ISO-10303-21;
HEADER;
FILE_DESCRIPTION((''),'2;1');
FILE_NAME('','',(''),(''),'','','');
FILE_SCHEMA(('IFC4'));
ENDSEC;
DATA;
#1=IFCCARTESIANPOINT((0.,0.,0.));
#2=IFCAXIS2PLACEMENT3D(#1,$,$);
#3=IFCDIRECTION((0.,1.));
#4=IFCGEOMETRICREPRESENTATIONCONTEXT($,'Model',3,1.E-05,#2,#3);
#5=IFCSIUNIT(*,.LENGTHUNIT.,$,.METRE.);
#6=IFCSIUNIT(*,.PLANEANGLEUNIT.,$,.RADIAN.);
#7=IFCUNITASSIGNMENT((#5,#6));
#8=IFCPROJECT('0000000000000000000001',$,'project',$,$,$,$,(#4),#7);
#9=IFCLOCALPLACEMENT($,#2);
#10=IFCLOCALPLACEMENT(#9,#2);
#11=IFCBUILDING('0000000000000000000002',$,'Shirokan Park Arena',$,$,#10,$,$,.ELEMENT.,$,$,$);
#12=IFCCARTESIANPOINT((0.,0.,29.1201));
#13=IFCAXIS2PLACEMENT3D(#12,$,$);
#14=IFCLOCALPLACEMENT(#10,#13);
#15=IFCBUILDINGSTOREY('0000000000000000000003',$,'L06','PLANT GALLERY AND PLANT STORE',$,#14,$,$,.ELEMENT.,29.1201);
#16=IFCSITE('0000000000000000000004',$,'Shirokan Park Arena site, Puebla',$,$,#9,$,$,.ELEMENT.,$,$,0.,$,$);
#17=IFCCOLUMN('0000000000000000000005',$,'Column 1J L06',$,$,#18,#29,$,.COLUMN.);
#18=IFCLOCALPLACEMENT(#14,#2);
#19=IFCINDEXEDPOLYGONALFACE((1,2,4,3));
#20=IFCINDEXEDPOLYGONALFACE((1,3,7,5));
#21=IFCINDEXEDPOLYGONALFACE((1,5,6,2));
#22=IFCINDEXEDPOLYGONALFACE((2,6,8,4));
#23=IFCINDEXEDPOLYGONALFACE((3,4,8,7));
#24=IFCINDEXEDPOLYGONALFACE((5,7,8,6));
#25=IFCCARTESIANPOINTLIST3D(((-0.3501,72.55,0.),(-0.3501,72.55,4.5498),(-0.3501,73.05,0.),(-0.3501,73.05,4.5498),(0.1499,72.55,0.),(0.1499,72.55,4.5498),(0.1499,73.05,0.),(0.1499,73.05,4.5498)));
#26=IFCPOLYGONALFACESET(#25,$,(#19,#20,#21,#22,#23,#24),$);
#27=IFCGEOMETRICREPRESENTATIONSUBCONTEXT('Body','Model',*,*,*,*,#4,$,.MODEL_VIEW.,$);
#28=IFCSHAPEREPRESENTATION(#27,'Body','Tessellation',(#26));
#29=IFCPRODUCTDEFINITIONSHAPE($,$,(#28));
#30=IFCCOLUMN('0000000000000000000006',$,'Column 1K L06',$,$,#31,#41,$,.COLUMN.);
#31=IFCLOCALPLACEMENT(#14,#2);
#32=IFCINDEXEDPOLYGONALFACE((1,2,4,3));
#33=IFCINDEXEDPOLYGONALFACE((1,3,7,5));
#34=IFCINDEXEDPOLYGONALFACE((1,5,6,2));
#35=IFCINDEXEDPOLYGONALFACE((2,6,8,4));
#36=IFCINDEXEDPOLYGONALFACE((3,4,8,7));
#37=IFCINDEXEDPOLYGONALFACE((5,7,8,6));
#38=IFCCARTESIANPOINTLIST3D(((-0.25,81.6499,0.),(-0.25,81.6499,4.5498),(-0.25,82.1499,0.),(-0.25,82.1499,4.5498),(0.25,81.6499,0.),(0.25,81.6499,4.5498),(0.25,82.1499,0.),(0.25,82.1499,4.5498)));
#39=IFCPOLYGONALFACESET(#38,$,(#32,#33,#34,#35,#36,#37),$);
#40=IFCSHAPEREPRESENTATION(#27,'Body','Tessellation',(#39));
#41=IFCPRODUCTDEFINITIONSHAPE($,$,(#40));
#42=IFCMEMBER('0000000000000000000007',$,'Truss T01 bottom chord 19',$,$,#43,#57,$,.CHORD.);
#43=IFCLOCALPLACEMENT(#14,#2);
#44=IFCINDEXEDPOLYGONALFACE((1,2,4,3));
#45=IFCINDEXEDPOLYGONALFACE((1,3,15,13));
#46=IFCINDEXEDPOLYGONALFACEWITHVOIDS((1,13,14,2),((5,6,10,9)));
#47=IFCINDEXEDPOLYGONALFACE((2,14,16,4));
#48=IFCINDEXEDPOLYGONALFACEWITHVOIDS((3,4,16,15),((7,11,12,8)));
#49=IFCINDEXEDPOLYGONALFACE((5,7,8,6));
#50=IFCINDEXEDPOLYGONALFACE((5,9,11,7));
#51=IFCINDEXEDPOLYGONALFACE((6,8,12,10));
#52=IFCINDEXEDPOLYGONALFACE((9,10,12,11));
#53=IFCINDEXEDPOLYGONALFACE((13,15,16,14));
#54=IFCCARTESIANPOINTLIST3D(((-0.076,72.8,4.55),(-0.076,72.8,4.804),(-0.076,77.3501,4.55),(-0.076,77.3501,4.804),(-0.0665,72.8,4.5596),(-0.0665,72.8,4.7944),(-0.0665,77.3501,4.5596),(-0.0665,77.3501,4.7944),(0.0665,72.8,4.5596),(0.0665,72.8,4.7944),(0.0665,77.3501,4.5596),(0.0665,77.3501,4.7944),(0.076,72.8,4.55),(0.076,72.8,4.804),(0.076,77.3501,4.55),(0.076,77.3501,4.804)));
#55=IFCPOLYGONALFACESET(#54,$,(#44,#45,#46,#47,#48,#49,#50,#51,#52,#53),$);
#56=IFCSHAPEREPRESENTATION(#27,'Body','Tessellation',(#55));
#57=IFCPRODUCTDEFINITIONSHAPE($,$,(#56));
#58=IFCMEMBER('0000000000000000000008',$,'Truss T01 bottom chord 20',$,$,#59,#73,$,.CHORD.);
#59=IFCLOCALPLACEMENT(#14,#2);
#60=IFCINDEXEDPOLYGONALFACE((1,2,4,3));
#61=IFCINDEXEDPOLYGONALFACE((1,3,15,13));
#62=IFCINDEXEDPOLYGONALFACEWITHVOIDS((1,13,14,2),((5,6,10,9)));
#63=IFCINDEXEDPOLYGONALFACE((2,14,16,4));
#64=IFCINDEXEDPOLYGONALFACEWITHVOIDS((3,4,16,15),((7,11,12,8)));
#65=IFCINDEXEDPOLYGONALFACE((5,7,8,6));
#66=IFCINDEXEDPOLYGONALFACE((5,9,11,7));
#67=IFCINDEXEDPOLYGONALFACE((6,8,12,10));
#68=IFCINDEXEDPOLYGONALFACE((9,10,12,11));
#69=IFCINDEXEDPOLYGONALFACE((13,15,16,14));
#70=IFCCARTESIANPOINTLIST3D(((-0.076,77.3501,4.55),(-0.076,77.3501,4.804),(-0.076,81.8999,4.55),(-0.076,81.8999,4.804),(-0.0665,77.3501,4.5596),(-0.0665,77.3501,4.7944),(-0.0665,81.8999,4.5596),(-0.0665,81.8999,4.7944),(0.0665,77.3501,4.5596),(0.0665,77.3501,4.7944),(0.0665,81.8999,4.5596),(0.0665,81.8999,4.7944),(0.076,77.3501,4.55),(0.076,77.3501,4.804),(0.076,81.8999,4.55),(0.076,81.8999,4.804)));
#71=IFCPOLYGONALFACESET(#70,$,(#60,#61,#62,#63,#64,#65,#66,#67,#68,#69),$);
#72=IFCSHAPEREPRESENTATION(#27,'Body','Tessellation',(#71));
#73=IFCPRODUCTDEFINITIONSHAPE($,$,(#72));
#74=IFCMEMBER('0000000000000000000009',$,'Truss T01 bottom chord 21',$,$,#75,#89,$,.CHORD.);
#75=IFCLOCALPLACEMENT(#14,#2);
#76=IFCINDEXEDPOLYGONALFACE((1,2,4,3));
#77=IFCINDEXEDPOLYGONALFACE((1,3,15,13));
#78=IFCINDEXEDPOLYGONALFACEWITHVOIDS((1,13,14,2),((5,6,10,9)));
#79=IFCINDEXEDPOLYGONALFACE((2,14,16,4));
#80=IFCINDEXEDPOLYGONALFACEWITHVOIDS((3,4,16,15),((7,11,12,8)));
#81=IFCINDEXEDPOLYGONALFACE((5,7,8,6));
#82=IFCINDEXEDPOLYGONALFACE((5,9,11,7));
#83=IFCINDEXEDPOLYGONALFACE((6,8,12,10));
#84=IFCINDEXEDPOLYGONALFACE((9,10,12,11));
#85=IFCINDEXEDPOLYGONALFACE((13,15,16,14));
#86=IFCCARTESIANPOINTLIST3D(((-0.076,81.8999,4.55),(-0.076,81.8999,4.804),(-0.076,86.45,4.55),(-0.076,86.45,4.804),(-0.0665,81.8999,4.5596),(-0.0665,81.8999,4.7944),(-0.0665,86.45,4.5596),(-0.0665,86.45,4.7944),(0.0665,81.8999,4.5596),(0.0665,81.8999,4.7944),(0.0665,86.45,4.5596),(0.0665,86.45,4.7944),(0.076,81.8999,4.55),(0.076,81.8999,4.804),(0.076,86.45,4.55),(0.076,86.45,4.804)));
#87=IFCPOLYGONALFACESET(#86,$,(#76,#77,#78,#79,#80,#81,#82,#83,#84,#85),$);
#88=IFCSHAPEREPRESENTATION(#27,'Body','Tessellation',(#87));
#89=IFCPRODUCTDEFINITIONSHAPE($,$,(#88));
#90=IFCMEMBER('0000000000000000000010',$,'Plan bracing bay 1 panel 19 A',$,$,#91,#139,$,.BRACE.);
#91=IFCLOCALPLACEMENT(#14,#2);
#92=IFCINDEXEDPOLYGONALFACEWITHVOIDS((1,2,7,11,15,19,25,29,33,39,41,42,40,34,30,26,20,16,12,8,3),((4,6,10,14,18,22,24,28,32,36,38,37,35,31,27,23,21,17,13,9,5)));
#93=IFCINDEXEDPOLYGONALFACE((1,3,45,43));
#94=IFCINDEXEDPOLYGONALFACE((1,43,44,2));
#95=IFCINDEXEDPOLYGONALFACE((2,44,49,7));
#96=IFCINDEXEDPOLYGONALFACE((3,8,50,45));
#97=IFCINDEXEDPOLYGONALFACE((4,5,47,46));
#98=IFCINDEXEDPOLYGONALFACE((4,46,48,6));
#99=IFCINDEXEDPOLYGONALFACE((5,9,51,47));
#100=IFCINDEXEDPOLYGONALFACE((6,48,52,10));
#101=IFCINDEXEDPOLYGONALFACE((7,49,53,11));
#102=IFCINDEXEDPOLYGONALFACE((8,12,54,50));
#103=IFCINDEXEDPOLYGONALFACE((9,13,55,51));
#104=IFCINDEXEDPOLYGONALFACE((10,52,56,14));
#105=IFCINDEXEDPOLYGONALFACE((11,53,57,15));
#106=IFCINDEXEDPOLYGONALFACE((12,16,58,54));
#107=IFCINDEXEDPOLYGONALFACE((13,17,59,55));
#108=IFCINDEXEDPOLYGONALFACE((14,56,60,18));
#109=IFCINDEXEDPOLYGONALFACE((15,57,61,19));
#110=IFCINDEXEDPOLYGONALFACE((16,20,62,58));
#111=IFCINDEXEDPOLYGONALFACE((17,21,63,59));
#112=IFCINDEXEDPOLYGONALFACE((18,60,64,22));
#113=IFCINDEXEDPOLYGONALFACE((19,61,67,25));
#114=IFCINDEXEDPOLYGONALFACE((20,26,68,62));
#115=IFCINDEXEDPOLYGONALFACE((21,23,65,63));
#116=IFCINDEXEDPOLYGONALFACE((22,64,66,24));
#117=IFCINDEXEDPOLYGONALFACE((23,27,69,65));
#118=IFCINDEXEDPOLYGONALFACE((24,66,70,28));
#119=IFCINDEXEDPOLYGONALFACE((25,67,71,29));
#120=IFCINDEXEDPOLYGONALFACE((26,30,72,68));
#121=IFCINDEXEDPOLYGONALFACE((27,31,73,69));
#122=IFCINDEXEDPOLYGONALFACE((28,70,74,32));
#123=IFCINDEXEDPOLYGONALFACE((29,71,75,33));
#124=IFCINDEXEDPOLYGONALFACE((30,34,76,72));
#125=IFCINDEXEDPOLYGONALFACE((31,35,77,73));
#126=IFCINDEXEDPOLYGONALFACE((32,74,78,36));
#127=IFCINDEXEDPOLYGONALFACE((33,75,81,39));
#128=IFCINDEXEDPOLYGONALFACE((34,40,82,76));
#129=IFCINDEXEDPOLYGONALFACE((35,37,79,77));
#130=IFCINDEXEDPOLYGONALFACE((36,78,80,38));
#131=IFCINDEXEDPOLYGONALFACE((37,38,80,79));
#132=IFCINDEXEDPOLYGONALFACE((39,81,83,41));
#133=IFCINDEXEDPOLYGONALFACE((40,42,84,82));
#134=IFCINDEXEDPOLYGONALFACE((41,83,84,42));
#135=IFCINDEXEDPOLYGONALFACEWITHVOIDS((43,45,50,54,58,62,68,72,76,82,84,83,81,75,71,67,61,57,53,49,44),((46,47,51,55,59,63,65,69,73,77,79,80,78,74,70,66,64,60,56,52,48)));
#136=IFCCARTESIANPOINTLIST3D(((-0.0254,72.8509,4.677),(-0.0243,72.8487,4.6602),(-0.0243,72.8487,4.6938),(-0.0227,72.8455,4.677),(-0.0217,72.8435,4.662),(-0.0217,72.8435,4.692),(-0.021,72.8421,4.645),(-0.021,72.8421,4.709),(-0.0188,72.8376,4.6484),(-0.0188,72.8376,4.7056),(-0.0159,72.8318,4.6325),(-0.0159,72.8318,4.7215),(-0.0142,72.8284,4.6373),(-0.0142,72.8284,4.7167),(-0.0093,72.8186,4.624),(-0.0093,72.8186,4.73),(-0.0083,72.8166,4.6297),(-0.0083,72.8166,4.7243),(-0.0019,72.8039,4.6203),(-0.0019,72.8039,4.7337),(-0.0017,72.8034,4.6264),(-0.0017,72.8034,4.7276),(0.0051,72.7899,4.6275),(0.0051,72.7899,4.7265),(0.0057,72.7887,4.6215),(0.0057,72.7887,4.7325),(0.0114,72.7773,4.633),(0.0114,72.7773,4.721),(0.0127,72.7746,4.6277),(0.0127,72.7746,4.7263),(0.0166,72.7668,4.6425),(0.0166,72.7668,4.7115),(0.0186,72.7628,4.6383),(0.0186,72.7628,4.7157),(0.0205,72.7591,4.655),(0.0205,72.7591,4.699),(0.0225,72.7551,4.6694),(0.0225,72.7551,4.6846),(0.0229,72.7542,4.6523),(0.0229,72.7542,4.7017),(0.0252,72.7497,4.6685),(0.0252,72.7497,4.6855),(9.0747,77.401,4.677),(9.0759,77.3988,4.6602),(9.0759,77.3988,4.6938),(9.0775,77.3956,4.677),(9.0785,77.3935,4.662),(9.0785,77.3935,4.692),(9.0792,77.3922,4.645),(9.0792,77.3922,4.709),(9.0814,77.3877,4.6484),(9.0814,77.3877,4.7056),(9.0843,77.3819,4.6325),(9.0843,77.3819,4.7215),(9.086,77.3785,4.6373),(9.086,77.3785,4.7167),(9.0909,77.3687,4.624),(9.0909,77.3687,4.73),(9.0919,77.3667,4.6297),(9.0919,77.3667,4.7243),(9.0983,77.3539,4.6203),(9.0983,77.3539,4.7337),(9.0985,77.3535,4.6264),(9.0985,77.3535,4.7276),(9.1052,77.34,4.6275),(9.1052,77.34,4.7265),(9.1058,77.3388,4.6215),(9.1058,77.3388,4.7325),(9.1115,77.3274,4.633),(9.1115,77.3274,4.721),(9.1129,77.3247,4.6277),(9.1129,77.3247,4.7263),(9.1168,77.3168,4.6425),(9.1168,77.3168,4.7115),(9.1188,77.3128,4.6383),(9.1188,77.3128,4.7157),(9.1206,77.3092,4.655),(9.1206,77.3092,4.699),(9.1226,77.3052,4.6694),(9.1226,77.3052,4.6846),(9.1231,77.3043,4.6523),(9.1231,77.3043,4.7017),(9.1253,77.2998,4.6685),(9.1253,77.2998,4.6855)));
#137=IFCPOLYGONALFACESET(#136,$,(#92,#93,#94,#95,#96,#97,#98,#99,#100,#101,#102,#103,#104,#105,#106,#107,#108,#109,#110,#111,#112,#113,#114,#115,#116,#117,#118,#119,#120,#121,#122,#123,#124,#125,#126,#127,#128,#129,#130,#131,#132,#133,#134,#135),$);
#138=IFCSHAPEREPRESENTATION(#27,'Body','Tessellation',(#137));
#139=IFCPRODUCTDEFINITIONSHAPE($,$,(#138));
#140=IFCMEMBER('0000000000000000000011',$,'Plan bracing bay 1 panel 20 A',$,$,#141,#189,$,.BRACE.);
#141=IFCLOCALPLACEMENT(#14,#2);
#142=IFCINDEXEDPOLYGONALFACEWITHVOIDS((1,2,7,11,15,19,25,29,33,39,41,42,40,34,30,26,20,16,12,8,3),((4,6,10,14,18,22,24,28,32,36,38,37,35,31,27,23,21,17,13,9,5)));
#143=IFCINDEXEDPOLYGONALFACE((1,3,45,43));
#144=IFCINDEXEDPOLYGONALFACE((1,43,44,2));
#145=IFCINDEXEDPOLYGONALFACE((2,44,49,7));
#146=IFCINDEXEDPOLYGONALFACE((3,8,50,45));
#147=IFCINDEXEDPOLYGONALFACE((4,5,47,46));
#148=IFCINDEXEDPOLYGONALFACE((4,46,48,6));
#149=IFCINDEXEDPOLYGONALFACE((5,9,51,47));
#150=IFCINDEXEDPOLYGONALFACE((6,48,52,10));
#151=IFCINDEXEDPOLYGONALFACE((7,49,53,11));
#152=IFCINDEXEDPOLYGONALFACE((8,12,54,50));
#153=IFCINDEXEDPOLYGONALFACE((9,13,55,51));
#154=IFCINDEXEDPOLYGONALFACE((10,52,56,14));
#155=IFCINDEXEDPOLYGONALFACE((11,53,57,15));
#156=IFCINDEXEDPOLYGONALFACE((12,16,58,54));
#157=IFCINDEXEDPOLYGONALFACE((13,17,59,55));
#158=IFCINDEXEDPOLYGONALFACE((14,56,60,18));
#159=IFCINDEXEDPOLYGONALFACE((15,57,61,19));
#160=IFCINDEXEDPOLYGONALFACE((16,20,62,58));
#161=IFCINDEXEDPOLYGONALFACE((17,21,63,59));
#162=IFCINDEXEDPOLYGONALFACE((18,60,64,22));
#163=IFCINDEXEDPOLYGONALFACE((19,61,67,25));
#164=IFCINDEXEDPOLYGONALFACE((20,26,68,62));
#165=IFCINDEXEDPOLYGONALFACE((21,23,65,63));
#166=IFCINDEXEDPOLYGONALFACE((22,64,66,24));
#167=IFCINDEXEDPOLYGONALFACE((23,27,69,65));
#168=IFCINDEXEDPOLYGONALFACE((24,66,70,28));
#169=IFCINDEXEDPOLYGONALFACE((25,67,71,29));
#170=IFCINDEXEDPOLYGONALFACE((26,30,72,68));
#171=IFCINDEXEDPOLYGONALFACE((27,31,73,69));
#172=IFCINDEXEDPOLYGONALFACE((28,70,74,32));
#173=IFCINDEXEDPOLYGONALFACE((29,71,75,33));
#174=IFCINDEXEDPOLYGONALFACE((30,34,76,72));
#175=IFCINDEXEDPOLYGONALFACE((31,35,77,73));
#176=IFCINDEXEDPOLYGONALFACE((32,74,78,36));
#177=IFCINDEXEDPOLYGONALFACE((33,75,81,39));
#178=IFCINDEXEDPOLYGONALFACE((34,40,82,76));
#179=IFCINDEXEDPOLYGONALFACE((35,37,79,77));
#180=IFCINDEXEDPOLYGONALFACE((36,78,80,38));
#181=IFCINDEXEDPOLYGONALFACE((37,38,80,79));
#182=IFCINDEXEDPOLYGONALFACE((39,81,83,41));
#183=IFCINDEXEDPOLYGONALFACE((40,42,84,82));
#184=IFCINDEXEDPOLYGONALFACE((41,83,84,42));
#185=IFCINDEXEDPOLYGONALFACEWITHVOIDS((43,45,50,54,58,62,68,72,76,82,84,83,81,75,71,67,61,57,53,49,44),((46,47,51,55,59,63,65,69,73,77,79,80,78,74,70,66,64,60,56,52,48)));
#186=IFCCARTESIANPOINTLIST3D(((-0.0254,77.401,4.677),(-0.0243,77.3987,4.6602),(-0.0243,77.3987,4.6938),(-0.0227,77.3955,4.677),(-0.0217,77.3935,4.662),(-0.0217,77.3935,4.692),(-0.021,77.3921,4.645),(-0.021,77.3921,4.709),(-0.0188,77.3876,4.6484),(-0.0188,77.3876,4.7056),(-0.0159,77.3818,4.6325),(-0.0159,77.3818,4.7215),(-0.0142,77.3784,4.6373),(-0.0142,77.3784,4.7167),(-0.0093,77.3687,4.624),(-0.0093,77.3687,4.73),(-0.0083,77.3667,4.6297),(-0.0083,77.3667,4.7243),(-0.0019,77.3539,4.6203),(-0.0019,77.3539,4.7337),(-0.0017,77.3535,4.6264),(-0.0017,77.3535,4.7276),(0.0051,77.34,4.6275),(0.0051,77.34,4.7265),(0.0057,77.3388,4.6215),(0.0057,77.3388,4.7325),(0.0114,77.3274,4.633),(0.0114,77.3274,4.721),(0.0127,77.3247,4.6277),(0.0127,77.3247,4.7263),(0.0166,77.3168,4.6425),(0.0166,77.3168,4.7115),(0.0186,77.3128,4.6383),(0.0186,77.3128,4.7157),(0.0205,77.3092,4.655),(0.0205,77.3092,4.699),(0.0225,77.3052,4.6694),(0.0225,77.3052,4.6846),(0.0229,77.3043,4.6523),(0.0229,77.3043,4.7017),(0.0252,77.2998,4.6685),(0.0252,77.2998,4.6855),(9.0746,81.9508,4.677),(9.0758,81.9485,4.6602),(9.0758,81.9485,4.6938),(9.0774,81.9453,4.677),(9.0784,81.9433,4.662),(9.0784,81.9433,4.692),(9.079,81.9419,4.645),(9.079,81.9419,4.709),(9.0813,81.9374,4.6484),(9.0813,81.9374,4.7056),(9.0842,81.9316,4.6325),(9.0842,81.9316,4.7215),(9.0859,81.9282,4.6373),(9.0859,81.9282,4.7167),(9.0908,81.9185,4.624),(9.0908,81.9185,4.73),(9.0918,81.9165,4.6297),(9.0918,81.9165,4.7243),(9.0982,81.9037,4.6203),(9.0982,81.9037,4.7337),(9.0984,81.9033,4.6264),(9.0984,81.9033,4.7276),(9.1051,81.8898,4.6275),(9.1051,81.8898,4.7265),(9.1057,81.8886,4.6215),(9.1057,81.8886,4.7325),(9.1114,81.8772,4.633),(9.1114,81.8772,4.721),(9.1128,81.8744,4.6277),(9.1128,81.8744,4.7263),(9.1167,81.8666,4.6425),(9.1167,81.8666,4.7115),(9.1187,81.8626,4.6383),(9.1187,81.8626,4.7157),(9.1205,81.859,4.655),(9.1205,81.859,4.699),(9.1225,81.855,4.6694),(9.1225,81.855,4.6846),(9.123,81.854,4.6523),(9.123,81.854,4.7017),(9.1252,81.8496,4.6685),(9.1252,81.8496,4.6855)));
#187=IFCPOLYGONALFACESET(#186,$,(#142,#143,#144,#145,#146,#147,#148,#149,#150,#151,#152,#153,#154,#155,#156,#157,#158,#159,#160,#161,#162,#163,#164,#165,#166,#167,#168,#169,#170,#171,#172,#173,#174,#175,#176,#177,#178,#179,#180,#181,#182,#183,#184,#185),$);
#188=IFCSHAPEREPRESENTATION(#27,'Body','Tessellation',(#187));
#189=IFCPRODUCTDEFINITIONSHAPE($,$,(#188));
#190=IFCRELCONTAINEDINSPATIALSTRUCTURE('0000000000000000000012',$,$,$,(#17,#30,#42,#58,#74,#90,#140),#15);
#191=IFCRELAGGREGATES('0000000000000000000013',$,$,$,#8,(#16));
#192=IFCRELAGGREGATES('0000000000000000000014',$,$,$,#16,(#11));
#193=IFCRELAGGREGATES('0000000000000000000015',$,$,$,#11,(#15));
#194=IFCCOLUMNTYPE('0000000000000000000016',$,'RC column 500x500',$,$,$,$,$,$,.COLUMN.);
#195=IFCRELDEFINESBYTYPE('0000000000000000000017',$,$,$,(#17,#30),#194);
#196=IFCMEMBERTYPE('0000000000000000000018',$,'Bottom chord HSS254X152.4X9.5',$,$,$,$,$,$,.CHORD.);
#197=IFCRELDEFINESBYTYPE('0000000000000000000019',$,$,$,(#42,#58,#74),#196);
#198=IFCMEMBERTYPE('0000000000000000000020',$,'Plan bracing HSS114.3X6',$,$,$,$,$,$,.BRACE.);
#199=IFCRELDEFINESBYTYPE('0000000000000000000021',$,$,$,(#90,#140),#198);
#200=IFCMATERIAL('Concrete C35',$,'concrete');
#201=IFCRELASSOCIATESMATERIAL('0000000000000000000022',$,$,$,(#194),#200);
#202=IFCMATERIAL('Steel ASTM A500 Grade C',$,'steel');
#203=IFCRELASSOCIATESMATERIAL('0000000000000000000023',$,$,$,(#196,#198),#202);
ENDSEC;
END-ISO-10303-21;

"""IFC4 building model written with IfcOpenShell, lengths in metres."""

from ifc_helpers import new_model, si_unit, direction, frame, origin, origin_2d, place, context, subcontext, project, spatial, rectangle, hollow_rectangle, hollow_circle, extrude, material, material_profile, profile_set, type_object, element, save


model = new_model("IFC4")

# Units and contexts
model_context = context("Model", 3, precision=1e-05, world=origin(), true_north=direction((0.0, 1.0)))
body_context = subcontext(model_context, "Body", "Model", "MODEL_VIEW")
ifc_project = project(units=[si_unit("LENGTHUNIT", "METRE"), si_unit("PLANEANGLEUNIT", "RADIAN")], contexts=[model_context])

# Site, building, storey
site_placement = place(None, origin())
site = spatial("IfcSite", under=ifc_project, at=site_placement, Name="Shirokan Park Arena site, Puebla", CompositionType="ELEMENT", RefElevation=0.0)
building_placement = place(site_placement, origin())
building = spatial("IfcBuilding", under=site, at=building_placement, Name="Shirokan Park Arena", CompositionType="ELEMENT")
storey_placement = place(building_placement, frame((0.0, 0.0, 29.1201)))
storey = spatial("IfcBuildingStorey", under=building, at=storey_placement, Name="L06", Description="PLANT GALLERY AND PLANT STORE", CompositionType="ELEMENT", Elevation=29.1201)

# Columns
ifc_material_1 = material(Name="Concrete C35", Category="concrete")
ifc_material_profile_1 = material_profile(ifc_material_1, rectangle(XDim=0.5, YDim=0.5, at=origin_2d()), Name="500x500")
ifc_profile_set_1 = profile_set([ifc_material_profile_1], Name="Concrete C35")
column_type = type_object("IfcColumnType", Name="RC column 500x500", PredefinedType="COLUMN", material=ifc_profile_set_1)
for number, where, z_axis, x_axis, name in (
    (1, (-0.1001, 72.8, 0.0), (0.0, 0.0, 1.0), (1.0, 0.0, 0.0), "Column 1J L06"),
    (2, (0.0, 81.8999, 0.0), (0.0, 0.0, 1.0), (1.0, 0.0, 0.0), "Column 1K L06"),
):
    element("IfcColumn", number, at=place(storey_placement, frame(where, z_axis=z_axis, x_axis=x_axis)), inside=storey, type_object=column_type, Name=name, PredefinedType="COLUMN", context=body_context, shape_type="SweptSolid", body=[
        extrude(rectangle(XDim=0.5, YDim=0.5, at=origin_2d()), origin(), (0.0, 0.0, 1.0), 4.5498),
    ])

# Members
ifc_material_2 = material(Name="Steel ASTM A500 Grade C", Category="steel")
ifc_material_profile_2 = material_profile(ifc_material_2, hollow_rectangle(XDim=0.1521, YDim=0.2539, WallThickness=0.0095, at=origin_2d()), Name="HSS254X152.4X9.5")
ifc_profile_set_2 = profile_set([ifc_material_profile_2], Name="Steel ASTM A500 Grade C")
member_type_1 = type_object("IfcMemberType", Name="Bottom chord HSS254X152.4X9.5", PredefinedType="CHORD", material=ifc_profile_set_2)
member_1_placement = place(storey_placement, frame((0.0, 72.8, 4.677), z_axis=(0.0, 1.0, 0.0), x_axis=(-1.0, 0.0, 0.0)))
element("IfcMember", 3, at=member_1_placement, inside=storey, type_object=member_type_1, Name="Truss T01 bottom chord 19", PredefinedType="CHORD", context=body_context, shape_type="SweptSolid", body=[
    extrude(hollow_rectangle(XDim=0.1521, YDim=0.2539, WallThickness=0.0095, at=origin_2d()), origin(), (0.0, 0.0, 1.0), 4.55),
])
member_2_placement = place(storey_placement, frame((0.0, 77.3501, 4.677), z_axis=(0.0, 1.0, 0.0), x_axis=(-1.0, 0.0, 0.0)))
element("IfcMember", 4, at=member_2_placement, inside=storey, type_object=member_type_1, Name="Truss T01 bottom chord 20", PredefinedType="CHORD", context=body_context, shape_type="SweptSolid", body=[
    extrude(hollow_rectangle(XDim=0.1521, YDim=0.2539, WallThickness=0.0095, at=origin_2d()), origin(), (0.0, 0.0, 1.0), 4.5498),
])
member_3_placement = place(storey_placement, frame((0.0, 81.8999, 4.677), z_axis=(0.0, 1.0, 0.0), x_axis=(-1.0, 0.0, 0.0)))
element("IfcMember", 5, at=member_3_placement, inside=storey, type_object=member_type_1, Name="Truss T01 bottom chord 21", PredefinedType="CHORD", context=body_context, shape_type="SweptSolid", body=[
    extrude(hollow_rectangle(XDim=0.1521, YDim=0.2539, WallThickness=0.0095, at=origin_2d()), origin(), (0.0, 0.0, 1.0), 4.55),
])
ifc_material_profile_3 = material_profile(ifc_material_2, hollow_circle(Radius=0.0569, WallThickness=0.0061, at=origin_2d()), Name="HSS114.3X6")
ifc_profile_set_3 = profile_set([ifc_material_profile_3], Name="Steel ASTM A500 Grade C")
member_type_2 = type_object("IfcMemberType", Name="Plan bracing HSS114.3X6", PredefinedType="BRACE", material=ifc_profile_set_3)
member_4_placement = place(storey_placement, frame((0.0, 72.8, 4.677), z_axis=(0.894427, 0.447214, 0.0), x_axis=(-0.447214, 0.894427, 0.0)))
element("IfcMember", 6, at=member_4_placement, inside=storey, type_object=member_type_2, Name="Plan bracing bay 1 panel 19 A", PredefinedType="BRACE", context=body_context, shape_type="SweptSolid", body=[
    extrude(hollow_circle(Radius=0.0569, WallThickness=0.0061, at=origin_2d()), origin(), (0.0, 0.0, 1.0), 10.1743),
])
member_5_placement = place(storey_placement, frame((0.0, 77.3501, 4.677), z_axis=(0.894437, 0.447194, 0.0), x_axis=(-0.447194, 0.894437, 0.0)))
element("IfcMember", 7, at=member_5_placement, inside=storey, type_object=member_type_2, Name="Plan bracing bay 1 panel 20 A", PredefinedType="BRACE", context=body_context, shape_type="SweptSolid", body=[
    extrude(hollow_circle(Radius=0.0569, WallThickness=0.0061, at=origin_2d()), origin(), (0.0, 0.0, 1.0), 10.1741),
])

save(model, "model.ifc")
